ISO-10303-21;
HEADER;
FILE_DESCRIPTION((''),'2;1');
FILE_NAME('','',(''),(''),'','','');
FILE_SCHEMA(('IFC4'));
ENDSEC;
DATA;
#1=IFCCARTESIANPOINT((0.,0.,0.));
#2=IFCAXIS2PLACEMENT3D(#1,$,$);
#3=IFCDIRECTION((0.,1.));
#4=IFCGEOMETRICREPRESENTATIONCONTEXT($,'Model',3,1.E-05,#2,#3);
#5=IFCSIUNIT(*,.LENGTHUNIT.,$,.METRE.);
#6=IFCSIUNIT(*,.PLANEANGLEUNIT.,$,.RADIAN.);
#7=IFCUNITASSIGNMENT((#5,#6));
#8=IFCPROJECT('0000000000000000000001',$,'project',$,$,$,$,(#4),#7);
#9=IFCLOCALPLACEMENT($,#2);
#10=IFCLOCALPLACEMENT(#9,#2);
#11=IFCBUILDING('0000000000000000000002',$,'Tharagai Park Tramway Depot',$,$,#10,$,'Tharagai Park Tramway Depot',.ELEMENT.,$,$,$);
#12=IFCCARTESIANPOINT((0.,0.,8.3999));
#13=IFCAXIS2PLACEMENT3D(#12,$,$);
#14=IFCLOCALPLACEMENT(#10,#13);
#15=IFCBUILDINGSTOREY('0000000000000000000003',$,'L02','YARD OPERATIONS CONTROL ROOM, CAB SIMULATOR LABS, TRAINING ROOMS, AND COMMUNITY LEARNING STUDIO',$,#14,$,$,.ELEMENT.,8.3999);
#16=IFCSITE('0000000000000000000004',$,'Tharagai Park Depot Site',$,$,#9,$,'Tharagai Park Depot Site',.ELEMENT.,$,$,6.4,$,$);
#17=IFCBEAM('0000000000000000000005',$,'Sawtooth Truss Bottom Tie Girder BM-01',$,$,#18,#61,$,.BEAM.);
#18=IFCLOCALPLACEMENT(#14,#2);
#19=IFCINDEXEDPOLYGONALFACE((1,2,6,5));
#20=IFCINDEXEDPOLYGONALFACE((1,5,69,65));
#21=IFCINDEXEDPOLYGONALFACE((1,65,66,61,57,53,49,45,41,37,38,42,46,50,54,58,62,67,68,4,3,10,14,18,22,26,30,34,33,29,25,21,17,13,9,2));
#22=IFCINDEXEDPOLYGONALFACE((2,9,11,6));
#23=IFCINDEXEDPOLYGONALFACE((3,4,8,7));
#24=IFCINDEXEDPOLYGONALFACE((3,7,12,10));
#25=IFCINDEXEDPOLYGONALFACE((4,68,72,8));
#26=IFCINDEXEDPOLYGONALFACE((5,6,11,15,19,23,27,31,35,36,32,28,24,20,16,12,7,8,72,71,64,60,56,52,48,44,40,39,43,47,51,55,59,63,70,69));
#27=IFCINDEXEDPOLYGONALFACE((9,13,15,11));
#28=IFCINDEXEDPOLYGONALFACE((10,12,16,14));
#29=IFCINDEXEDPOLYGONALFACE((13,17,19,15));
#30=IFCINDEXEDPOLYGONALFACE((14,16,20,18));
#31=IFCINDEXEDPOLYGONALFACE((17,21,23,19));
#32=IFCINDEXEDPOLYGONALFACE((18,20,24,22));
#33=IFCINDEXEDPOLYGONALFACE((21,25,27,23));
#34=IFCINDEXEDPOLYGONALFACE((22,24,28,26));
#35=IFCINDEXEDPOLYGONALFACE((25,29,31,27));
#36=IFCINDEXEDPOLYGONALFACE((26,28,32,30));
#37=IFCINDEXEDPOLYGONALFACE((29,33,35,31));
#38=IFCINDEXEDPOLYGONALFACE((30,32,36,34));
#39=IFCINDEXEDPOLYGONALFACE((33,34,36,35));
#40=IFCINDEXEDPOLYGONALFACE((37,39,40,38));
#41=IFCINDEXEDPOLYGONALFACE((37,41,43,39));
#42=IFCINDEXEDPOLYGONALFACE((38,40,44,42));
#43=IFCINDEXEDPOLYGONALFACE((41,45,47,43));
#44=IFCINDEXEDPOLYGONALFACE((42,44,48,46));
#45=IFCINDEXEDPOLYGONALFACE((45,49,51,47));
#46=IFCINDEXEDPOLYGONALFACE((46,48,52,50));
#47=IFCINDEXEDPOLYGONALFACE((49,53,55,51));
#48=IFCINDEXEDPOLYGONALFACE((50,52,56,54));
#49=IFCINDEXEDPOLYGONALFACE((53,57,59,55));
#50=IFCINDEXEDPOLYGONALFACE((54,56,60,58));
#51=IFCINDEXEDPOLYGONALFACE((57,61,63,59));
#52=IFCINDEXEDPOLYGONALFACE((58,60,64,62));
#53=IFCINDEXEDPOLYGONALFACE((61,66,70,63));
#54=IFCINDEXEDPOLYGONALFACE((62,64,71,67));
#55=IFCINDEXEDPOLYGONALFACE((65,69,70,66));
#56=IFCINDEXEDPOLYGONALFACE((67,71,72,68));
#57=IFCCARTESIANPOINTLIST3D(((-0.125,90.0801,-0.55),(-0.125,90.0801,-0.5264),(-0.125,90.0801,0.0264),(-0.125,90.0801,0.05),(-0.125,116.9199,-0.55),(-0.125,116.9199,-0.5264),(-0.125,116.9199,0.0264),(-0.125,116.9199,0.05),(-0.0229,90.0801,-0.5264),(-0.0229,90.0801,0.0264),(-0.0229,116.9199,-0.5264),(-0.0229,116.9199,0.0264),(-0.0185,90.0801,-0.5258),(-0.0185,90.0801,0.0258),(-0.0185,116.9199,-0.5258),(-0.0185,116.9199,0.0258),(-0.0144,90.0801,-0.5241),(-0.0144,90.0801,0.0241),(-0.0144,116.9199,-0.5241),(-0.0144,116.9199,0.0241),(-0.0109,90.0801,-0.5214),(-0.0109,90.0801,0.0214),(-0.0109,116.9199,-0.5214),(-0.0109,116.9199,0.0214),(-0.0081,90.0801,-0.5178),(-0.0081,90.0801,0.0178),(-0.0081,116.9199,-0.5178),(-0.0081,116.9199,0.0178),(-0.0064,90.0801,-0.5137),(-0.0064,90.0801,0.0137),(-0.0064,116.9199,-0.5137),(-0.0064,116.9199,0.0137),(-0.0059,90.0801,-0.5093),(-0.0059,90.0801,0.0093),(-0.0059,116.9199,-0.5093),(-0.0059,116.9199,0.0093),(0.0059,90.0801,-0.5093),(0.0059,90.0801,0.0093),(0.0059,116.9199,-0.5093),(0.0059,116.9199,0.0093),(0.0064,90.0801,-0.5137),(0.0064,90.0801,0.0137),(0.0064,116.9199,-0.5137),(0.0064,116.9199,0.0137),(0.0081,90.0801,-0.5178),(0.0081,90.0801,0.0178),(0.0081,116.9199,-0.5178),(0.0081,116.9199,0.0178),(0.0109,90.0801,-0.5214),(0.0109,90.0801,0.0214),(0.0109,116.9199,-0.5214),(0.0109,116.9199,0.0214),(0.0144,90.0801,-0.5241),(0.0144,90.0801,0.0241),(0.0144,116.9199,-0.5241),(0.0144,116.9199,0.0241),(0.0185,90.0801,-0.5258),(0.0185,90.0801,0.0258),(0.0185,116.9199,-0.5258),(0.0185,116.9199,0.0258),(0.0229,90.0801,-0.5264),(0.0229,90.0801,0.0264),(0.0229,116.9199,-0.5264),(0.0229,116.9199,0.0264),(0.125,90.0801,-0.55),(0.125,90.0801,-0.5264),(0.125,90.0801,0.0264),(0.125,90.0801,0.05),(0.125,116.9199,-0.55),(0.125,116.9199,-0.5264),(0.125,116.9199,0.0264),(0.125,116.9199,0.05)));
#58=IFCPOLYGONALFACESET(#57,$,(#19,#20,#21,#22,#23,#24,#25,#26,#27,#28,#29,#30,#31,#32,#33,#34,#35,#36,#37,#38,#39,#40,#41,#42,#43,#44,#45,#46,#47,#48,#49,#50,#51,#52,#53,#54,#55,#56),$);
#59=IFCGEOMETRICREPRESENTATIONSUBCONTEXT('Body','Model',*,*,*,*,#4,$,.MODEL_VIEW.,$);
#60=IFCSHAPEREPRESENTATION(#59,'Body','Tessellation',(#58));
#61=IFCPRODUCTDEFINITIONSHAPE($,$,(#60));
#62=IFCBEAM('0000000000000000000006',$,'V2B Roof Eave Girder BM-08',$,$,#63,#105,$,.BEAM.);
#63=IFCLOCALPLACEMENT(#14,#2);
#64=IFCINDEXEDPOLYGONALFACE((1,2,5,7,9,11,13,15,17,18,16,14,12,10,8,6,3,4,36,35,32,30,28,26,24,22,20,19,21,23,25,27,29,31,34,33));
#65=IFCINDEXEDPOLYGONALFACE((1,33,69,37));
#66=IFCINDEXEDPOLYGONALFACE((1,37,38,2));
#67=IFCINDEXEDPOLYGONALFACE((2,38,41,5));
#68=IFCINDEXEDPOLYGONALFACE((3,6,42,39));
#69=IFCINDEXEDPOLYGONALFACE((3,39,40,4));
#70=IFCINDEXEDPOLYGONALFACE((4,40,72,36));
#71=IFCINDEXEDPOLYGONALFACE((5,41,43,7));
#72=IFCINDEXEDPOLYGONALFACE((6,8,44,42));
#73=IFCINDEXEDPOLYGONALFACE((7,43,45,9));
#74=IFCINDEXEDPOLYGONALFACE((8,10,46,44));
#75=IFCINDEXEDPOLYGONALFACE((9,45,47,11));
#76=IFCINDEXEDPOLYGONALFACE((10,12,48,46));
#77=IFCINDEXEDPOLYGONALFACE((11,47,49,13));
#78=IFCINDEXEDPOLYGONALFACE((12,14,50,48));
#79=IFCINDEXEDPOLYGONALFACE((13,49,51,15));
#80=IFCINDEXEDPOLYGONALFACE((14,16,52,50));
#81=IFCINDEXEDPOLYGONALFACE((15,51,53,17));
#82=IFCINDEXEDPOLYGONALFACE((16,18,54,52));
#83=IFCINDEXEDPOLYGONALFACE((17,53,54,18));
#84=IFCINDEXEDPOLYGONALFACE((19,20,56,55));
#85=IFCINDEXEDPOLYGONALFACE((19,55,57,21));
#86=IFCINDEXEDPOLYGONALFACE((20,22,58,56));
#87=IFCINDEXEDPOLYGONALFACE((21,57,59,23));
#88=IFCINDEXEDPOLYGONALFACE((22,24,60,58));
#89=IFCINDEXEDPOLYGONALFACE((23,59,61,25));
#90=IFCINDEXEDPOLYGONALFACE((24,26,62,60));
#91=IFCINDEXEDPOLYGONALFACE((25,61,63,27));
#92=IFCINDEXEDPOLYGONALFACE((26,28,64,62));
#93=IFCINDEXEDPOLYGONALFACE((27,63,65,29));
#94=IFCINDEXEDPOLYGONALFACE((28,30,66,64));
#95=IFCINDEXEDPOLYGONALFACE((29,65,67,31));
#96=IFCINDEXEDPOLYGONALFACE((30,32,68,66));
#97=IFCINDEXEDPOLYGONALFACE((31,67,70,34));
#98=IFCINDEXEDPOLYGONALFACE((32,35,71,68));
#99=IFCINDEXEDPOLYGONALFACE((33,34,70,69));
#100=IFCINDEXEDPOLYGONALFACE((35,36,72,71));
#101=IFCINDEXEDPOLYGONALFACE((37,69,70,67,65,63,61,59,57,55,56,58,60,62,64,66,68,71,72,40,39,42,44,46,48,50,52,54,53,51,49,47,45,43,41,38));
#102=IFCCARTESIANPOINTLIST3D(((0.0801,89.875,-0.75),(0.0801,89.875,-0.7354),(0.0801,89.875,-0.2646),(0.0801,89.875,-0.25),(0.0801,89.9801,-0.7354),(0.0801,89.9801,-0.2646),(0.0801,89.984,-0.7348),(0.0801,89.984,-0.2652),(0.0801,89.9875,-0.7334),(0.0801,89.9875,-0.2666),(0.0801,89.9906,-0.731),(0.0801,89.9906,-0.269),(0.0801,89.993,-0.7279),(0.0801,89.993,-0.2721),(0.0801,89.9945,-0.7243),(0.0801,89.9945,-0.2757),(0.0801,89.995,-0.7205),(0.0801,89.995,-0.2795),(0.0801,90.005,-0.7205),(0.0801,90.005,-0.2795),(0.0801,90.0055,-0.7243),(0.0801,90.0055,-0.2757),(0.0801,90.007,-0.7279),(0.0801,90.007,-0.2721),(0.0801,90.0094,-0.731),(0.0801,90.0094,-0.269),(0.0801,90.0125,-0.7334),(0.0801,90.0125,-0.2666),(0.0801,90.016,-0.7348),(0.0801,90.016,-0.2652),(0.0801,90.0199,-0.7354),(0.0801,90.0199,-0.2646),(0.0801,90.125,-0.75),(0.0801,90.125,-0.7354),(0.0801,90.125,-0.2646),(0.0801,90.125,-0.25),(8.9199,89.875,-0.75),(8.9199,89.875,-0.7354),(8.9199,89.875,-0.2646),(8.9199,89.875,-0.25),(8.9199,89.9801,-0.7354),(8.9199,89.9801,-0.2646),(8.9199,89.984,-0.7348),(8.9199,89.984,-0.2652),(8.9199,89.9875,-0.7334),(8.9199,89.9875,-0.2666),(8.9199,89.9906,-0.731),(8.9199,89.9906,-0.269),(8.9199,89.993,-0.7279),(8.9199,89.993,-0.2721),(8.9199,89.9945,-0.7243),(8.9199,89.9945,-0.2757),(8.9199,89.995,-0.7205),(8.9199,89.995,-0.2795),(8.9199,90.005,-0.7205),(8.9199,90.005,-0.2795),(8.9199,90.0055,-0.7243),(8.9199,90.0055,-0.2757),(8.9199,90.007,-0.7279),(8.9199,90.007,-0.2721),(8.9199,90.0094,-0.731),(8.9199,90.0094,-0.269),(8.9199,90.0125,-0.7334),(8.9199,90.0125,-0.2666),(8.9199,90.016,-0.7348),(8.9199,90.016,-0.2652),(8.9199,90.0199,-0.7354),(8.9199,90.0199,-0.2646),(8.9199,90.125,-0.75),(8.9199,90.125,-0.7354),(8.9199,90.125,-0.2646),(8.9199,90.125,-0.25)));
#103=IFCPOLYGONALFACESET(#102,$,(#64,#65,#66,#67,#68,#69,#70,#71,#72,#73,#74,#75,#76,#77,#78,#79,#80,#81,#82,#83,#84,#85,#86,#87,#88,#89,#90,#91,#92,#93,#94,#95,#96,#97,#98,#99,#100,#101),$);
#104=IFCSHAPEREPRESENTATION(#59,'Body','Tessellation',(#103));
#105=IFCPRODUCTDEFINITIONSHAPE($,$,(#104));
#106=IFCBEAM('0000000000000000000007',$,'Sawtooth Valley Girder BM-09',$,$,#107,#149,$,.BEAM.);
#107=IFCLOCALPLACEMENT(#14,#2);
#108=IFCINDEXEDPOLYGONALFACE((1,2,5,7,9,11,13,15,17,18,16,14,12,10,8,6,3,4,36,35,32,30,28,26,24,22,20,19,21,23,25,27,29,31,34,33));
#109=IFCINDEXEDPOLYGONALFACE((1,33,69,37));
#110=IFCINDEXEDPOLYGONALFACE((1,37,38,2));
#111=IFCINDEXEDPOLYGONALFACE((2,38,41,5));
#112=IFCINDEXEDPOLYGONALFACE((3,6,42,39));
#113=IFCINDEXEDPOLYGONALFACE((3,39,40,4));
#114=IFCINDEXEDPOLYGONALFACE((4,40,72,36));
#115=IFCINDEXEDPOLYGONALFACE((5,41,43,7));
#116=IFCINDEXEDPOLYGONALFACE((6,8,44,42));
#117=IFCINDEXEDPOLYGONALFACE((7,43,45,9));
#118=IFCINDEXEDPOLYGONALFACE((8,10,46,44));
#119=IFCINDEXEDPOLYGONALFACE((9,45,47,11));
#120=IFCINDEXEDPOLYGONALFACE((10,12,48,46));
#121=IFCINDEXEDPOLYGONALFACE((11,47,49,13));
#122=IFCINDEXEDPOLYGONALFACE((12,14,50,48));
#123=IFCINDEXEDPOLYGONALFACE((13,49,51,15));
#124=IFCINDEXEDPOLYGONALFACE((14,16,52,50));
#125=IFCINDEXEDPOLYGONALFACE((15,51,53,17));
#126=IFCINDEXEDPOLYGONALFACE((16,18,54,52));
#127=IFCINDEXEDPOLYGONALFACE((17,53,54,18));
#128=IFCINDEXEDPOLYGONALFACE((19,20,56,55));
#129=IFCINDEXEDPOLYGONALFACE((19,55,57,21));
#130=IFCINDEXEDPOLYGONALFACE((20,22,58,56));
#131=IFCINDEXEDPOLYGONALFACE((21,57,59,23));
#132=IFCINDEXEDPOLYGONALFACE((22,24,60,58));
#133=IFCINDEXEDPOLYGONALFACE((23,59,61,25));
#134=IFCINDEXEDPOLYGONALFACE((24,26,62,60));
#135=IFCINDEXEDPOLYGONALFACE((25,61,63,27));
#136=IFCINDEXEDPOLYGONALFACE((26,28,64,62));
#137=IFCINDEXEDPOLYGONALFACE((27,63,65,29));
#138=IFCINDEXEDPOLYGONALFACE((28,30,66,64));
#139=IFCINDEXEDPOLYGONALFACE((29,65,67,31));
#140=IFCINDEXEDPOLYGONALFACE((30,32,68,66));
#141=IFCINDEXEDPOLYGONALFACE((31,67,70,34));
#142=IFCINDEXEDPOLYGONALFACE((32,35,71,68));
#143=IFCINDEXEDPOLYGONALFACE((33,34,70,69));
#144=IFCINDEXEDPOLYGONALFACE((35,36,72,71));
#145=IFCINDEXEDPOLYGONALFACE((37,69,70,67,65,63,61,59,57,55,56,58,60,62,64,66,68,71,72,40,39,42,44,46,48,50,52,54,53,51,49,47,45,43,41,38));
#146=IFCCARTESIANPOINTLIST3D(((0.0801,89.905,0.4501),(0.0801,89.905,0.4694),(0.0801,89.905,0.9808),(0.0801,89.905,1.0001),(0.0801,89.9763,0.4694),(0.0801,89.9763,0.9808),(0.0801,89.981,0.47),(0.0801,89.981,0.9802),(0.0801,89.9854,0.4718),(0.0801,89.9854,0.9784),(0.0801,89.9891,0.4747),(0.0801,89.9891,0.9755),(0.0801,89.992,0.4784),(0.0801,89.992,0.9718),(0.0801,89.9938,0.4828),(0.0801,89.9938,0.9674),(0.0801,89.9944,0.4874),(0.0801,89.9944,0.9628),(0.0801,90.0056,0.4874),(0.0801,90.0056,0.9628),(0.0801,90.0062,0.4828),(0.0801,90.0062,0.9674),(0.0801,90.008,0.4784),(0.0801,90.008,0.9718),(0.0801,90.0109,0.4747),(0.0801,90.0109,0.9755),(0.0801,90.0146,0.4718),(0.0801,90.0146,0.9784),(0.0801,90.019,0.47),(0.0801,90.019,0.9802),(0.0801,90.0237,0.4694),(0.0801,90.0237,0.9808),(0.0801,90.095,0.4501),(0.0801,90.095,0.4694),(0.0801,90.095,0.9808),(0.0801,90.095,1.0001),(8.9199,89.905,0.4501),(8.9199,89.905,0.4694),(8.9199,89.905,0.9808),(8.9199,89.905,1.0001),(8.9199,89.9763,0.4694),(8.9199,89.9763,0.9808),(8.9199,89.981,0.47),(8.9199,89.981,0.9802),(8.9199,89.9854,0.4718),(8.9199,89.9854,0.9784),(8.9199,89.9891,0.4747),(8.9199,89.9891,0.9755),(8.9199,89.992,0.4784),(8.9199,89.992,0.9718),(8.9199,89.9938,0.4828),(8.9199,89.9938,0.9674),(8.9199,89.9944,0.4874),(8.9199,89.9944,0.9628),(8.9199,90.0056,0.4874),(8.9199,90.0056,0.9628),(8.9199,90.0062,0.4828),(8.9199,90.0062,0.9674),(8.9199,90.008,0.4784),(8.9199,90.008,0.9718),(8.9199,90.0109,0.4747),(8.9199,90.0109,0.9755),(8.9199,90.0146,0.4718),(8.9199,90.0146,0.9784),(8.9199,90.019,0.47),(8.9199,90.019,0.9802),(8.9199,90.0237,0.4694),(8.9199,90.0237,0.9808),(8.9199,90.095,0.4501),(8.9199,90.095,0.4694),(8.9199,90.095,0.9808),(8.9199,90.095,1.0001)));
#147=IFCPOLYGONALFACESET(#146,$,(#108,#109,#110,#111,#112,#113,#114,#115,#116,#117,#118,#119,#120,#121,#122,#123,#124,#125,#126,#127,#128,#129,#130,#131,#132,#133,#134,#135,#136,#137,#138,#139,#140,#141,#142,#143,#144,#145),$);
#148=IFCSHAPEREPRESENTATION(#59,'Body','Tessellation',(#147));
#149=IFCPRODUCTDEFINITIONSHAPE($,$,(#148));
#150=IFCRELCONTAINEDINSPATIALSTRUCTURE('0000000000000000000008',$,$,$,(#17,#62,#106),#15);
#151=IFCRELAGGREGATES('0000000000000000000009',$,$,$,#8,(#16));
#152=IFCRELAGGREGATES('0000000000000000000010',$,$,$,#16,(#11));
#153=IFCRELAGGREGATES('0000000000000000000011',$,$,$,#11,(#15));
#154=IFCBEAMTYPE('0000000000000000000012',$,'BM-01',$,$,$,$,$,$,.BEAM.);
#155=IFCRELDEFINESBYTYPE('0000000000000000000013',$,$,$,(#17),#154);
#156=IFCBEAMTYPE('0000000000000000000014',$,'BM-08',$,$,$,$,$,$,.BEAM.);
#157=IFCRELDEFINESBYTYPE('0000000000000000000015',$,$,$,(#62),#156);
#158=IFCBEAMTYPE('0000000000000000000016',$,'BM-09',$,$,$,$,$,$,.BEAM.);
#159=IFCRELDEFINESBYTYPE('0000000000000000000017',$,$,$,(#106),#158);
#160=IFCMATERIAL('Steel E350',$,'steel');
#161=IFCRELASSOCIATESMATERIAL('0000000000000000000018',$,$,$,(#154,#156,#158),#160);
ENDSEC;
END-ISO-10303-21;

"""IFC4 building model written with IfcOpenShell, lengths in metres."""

from ifc_helpers import new_model, si_unit, direction, frame, origin, origin_2d, place, context, subcontext, project, spatial, i_section, extrude, material, material_profile, profile_set, type_object, element, save


model = new_model("IFC4")

# Units and contexts
model_context = context("Model", 3, precision=1e-05, world=origin(), true_north=direction((0.0, 1.0)))
body_context = subcontext(model_context, "Body", "Model", "MODEL_VIEW")
ifc_project = project(units=[si_unit("LENGTHUNIT", "METRE"), si_unit("PLANEANGLEUNIT", "RADIAN")], contexts=[model_context])

# Site, building, storey
site_placement = place(None, origin())
site = spatial("IfcSite", under=ifc_project, at=site_placement, Name="Tharagai Park Depot Site", LongName="Tharagai Park Depot Site", CompositionType="ELEMENT", RefElevation=6.4)
building_placement = place(site_placement, origin())
building = spatial("IfcBuilding", under=site, at=building_placement, Name="Tharagai Park Tramway Depot", LongName="Tharagai Park Tramway Depot", CompositionType="ELEMENT")
storey_placement = place(building_placement, frame((0.0, 0.0, 8.3999)))
storey = spatial("IfcBuildingStorey", under=building, at=storey_placement, Name="L02", Description="YARD OPERATIONS CONTROL ROOM, CAB SIMULATOR LABS, TRAINING ROOMS, AND COMMUNITY LEARNING STUDIO", CompositionType="ELEMENT", Elevation=8.3999)

# Beams
ifc_material_1 = material(Name="Steel E350", Category="steel")
ifc_material_profile_1 = material_profile(ifc_material_1, i_section(OverallWidth=0.25, OverallDepth=0.6001, WebThickness=0.0117, FlangeThickness=0.0237, FilletRadius=0.0171, at=origin_2d()), Name="ISWB 600")
ifc_profile_set_1 = profile_set([ifc_material_profile_1], Name="Steel E350")
beam_type_1 = type_object("IfcBeamType", Name="BM-01", PredefinedType="BEAM", material=ifc_profile_set_1)
beam_1_placement = place(storey_placement, frame((0.0, 90.0801, -0.25), z_axis=(0.0, 1.0, 0.0), x_axis=(-1.0, 0.0, 0.0)))
element("IfcBeam", 1, at=beam_1_placement, inside=storey, type_object=beam_type_1, Name="Sawtooth Truss Bottom Tie Girder BM-01", PredefinedType="BEAM", context=body_context, shape_type="SweptSolid", body=[
    extrude(i_section(OverallWidth=0.25, OverallDepth=0.6001, WebThickness=0.0117, FlangeThickness=0.0237, FilletRadius=0.0171, at=origin_2d()), origin(), (0.0, 0.0, 1.0), 26.8398),
])
ifc_material_profile_2 = material_profile(ifc_material_1, i_section(OverallWidth=0.25, OverallDepth=0.5, WebThickness=0.01, FlangeThickness=0.0146, FilletRadius=0.0149, at=origin_2d()), Name="ISWB 500")
ifc_profile_set_2 = profile_set([ifc_material_profile_2], Name="Steel E350")
beam_type_2 = type_object("IfcBeamType", Name="BM-08", PredefinedType="BEAM", material=ifc_profile_set_2)
beam_2_placement = place(storey_placement, frame((0.0801, 90.0, -0.5), z_axis=(1.0, 0.0, 0.0), x_axis=(0.0, 1.0, 0.0)))
element("IfcBeam", 2, at=beam_2_placement, inside=storey, type_object=beam_type_2, Name="V2B Roof Eave Girder BM-08", PredefinedType="BEAM", context=body_context, shape_type="SweptSolid", body=[
    extrude(i_section(OverallWidth=0.25, OverallDepth=0.5, WebThickness=0.01, FlangeThickness=0.0146, FilletRadius=0.0149, at=origin_2d()), origin(), (0.0, 0.0, 1.0), 8.8398),
])
ifc_material_profile_3 = material_profile(ifc_material_1, i_section(OverallWidth=0.1899, OverallDepth=0.55, WebThickness=0.0112, FlangeThickness=0.0193, FilletRadius=0.0181, at=origin_2d()), Name="ISMB 550")
ifc_profile_set_3 = profile_set([ifc_material_profile_3], Name="Steel E350")
beam_type_3 = type_object("IfcBeamType", Name="BM-09", PredefinedType="BEAM", material=ifc_profile_set_3)
beam_3_placement = place(storey_placement, frame((0.0801, 90.0, 0.7251), z_axis=(1.0, 0.0, 0.0), x_axis=(0.0, 1.0, 0.0)))
element("IfcBeam", 3, at=beam_3_placement, inside=storey, type_object=beam_type_3, Name="Sawtooth Valley Girder BM-09", PredefinedType="BEAM", context=body_context, shape_type="SweptSolid", body=[
    extrude(i_section(OverallWidth=0.1899, OverallDepth=0.55, WebThickness=0.0112, FlangeThickness=0.0193, FilletRadius=0.0181, at=origin_2d()), origin(), (0.0, 0.0, 1.0), 8.8398),
])

save(model, "model.ifc")
